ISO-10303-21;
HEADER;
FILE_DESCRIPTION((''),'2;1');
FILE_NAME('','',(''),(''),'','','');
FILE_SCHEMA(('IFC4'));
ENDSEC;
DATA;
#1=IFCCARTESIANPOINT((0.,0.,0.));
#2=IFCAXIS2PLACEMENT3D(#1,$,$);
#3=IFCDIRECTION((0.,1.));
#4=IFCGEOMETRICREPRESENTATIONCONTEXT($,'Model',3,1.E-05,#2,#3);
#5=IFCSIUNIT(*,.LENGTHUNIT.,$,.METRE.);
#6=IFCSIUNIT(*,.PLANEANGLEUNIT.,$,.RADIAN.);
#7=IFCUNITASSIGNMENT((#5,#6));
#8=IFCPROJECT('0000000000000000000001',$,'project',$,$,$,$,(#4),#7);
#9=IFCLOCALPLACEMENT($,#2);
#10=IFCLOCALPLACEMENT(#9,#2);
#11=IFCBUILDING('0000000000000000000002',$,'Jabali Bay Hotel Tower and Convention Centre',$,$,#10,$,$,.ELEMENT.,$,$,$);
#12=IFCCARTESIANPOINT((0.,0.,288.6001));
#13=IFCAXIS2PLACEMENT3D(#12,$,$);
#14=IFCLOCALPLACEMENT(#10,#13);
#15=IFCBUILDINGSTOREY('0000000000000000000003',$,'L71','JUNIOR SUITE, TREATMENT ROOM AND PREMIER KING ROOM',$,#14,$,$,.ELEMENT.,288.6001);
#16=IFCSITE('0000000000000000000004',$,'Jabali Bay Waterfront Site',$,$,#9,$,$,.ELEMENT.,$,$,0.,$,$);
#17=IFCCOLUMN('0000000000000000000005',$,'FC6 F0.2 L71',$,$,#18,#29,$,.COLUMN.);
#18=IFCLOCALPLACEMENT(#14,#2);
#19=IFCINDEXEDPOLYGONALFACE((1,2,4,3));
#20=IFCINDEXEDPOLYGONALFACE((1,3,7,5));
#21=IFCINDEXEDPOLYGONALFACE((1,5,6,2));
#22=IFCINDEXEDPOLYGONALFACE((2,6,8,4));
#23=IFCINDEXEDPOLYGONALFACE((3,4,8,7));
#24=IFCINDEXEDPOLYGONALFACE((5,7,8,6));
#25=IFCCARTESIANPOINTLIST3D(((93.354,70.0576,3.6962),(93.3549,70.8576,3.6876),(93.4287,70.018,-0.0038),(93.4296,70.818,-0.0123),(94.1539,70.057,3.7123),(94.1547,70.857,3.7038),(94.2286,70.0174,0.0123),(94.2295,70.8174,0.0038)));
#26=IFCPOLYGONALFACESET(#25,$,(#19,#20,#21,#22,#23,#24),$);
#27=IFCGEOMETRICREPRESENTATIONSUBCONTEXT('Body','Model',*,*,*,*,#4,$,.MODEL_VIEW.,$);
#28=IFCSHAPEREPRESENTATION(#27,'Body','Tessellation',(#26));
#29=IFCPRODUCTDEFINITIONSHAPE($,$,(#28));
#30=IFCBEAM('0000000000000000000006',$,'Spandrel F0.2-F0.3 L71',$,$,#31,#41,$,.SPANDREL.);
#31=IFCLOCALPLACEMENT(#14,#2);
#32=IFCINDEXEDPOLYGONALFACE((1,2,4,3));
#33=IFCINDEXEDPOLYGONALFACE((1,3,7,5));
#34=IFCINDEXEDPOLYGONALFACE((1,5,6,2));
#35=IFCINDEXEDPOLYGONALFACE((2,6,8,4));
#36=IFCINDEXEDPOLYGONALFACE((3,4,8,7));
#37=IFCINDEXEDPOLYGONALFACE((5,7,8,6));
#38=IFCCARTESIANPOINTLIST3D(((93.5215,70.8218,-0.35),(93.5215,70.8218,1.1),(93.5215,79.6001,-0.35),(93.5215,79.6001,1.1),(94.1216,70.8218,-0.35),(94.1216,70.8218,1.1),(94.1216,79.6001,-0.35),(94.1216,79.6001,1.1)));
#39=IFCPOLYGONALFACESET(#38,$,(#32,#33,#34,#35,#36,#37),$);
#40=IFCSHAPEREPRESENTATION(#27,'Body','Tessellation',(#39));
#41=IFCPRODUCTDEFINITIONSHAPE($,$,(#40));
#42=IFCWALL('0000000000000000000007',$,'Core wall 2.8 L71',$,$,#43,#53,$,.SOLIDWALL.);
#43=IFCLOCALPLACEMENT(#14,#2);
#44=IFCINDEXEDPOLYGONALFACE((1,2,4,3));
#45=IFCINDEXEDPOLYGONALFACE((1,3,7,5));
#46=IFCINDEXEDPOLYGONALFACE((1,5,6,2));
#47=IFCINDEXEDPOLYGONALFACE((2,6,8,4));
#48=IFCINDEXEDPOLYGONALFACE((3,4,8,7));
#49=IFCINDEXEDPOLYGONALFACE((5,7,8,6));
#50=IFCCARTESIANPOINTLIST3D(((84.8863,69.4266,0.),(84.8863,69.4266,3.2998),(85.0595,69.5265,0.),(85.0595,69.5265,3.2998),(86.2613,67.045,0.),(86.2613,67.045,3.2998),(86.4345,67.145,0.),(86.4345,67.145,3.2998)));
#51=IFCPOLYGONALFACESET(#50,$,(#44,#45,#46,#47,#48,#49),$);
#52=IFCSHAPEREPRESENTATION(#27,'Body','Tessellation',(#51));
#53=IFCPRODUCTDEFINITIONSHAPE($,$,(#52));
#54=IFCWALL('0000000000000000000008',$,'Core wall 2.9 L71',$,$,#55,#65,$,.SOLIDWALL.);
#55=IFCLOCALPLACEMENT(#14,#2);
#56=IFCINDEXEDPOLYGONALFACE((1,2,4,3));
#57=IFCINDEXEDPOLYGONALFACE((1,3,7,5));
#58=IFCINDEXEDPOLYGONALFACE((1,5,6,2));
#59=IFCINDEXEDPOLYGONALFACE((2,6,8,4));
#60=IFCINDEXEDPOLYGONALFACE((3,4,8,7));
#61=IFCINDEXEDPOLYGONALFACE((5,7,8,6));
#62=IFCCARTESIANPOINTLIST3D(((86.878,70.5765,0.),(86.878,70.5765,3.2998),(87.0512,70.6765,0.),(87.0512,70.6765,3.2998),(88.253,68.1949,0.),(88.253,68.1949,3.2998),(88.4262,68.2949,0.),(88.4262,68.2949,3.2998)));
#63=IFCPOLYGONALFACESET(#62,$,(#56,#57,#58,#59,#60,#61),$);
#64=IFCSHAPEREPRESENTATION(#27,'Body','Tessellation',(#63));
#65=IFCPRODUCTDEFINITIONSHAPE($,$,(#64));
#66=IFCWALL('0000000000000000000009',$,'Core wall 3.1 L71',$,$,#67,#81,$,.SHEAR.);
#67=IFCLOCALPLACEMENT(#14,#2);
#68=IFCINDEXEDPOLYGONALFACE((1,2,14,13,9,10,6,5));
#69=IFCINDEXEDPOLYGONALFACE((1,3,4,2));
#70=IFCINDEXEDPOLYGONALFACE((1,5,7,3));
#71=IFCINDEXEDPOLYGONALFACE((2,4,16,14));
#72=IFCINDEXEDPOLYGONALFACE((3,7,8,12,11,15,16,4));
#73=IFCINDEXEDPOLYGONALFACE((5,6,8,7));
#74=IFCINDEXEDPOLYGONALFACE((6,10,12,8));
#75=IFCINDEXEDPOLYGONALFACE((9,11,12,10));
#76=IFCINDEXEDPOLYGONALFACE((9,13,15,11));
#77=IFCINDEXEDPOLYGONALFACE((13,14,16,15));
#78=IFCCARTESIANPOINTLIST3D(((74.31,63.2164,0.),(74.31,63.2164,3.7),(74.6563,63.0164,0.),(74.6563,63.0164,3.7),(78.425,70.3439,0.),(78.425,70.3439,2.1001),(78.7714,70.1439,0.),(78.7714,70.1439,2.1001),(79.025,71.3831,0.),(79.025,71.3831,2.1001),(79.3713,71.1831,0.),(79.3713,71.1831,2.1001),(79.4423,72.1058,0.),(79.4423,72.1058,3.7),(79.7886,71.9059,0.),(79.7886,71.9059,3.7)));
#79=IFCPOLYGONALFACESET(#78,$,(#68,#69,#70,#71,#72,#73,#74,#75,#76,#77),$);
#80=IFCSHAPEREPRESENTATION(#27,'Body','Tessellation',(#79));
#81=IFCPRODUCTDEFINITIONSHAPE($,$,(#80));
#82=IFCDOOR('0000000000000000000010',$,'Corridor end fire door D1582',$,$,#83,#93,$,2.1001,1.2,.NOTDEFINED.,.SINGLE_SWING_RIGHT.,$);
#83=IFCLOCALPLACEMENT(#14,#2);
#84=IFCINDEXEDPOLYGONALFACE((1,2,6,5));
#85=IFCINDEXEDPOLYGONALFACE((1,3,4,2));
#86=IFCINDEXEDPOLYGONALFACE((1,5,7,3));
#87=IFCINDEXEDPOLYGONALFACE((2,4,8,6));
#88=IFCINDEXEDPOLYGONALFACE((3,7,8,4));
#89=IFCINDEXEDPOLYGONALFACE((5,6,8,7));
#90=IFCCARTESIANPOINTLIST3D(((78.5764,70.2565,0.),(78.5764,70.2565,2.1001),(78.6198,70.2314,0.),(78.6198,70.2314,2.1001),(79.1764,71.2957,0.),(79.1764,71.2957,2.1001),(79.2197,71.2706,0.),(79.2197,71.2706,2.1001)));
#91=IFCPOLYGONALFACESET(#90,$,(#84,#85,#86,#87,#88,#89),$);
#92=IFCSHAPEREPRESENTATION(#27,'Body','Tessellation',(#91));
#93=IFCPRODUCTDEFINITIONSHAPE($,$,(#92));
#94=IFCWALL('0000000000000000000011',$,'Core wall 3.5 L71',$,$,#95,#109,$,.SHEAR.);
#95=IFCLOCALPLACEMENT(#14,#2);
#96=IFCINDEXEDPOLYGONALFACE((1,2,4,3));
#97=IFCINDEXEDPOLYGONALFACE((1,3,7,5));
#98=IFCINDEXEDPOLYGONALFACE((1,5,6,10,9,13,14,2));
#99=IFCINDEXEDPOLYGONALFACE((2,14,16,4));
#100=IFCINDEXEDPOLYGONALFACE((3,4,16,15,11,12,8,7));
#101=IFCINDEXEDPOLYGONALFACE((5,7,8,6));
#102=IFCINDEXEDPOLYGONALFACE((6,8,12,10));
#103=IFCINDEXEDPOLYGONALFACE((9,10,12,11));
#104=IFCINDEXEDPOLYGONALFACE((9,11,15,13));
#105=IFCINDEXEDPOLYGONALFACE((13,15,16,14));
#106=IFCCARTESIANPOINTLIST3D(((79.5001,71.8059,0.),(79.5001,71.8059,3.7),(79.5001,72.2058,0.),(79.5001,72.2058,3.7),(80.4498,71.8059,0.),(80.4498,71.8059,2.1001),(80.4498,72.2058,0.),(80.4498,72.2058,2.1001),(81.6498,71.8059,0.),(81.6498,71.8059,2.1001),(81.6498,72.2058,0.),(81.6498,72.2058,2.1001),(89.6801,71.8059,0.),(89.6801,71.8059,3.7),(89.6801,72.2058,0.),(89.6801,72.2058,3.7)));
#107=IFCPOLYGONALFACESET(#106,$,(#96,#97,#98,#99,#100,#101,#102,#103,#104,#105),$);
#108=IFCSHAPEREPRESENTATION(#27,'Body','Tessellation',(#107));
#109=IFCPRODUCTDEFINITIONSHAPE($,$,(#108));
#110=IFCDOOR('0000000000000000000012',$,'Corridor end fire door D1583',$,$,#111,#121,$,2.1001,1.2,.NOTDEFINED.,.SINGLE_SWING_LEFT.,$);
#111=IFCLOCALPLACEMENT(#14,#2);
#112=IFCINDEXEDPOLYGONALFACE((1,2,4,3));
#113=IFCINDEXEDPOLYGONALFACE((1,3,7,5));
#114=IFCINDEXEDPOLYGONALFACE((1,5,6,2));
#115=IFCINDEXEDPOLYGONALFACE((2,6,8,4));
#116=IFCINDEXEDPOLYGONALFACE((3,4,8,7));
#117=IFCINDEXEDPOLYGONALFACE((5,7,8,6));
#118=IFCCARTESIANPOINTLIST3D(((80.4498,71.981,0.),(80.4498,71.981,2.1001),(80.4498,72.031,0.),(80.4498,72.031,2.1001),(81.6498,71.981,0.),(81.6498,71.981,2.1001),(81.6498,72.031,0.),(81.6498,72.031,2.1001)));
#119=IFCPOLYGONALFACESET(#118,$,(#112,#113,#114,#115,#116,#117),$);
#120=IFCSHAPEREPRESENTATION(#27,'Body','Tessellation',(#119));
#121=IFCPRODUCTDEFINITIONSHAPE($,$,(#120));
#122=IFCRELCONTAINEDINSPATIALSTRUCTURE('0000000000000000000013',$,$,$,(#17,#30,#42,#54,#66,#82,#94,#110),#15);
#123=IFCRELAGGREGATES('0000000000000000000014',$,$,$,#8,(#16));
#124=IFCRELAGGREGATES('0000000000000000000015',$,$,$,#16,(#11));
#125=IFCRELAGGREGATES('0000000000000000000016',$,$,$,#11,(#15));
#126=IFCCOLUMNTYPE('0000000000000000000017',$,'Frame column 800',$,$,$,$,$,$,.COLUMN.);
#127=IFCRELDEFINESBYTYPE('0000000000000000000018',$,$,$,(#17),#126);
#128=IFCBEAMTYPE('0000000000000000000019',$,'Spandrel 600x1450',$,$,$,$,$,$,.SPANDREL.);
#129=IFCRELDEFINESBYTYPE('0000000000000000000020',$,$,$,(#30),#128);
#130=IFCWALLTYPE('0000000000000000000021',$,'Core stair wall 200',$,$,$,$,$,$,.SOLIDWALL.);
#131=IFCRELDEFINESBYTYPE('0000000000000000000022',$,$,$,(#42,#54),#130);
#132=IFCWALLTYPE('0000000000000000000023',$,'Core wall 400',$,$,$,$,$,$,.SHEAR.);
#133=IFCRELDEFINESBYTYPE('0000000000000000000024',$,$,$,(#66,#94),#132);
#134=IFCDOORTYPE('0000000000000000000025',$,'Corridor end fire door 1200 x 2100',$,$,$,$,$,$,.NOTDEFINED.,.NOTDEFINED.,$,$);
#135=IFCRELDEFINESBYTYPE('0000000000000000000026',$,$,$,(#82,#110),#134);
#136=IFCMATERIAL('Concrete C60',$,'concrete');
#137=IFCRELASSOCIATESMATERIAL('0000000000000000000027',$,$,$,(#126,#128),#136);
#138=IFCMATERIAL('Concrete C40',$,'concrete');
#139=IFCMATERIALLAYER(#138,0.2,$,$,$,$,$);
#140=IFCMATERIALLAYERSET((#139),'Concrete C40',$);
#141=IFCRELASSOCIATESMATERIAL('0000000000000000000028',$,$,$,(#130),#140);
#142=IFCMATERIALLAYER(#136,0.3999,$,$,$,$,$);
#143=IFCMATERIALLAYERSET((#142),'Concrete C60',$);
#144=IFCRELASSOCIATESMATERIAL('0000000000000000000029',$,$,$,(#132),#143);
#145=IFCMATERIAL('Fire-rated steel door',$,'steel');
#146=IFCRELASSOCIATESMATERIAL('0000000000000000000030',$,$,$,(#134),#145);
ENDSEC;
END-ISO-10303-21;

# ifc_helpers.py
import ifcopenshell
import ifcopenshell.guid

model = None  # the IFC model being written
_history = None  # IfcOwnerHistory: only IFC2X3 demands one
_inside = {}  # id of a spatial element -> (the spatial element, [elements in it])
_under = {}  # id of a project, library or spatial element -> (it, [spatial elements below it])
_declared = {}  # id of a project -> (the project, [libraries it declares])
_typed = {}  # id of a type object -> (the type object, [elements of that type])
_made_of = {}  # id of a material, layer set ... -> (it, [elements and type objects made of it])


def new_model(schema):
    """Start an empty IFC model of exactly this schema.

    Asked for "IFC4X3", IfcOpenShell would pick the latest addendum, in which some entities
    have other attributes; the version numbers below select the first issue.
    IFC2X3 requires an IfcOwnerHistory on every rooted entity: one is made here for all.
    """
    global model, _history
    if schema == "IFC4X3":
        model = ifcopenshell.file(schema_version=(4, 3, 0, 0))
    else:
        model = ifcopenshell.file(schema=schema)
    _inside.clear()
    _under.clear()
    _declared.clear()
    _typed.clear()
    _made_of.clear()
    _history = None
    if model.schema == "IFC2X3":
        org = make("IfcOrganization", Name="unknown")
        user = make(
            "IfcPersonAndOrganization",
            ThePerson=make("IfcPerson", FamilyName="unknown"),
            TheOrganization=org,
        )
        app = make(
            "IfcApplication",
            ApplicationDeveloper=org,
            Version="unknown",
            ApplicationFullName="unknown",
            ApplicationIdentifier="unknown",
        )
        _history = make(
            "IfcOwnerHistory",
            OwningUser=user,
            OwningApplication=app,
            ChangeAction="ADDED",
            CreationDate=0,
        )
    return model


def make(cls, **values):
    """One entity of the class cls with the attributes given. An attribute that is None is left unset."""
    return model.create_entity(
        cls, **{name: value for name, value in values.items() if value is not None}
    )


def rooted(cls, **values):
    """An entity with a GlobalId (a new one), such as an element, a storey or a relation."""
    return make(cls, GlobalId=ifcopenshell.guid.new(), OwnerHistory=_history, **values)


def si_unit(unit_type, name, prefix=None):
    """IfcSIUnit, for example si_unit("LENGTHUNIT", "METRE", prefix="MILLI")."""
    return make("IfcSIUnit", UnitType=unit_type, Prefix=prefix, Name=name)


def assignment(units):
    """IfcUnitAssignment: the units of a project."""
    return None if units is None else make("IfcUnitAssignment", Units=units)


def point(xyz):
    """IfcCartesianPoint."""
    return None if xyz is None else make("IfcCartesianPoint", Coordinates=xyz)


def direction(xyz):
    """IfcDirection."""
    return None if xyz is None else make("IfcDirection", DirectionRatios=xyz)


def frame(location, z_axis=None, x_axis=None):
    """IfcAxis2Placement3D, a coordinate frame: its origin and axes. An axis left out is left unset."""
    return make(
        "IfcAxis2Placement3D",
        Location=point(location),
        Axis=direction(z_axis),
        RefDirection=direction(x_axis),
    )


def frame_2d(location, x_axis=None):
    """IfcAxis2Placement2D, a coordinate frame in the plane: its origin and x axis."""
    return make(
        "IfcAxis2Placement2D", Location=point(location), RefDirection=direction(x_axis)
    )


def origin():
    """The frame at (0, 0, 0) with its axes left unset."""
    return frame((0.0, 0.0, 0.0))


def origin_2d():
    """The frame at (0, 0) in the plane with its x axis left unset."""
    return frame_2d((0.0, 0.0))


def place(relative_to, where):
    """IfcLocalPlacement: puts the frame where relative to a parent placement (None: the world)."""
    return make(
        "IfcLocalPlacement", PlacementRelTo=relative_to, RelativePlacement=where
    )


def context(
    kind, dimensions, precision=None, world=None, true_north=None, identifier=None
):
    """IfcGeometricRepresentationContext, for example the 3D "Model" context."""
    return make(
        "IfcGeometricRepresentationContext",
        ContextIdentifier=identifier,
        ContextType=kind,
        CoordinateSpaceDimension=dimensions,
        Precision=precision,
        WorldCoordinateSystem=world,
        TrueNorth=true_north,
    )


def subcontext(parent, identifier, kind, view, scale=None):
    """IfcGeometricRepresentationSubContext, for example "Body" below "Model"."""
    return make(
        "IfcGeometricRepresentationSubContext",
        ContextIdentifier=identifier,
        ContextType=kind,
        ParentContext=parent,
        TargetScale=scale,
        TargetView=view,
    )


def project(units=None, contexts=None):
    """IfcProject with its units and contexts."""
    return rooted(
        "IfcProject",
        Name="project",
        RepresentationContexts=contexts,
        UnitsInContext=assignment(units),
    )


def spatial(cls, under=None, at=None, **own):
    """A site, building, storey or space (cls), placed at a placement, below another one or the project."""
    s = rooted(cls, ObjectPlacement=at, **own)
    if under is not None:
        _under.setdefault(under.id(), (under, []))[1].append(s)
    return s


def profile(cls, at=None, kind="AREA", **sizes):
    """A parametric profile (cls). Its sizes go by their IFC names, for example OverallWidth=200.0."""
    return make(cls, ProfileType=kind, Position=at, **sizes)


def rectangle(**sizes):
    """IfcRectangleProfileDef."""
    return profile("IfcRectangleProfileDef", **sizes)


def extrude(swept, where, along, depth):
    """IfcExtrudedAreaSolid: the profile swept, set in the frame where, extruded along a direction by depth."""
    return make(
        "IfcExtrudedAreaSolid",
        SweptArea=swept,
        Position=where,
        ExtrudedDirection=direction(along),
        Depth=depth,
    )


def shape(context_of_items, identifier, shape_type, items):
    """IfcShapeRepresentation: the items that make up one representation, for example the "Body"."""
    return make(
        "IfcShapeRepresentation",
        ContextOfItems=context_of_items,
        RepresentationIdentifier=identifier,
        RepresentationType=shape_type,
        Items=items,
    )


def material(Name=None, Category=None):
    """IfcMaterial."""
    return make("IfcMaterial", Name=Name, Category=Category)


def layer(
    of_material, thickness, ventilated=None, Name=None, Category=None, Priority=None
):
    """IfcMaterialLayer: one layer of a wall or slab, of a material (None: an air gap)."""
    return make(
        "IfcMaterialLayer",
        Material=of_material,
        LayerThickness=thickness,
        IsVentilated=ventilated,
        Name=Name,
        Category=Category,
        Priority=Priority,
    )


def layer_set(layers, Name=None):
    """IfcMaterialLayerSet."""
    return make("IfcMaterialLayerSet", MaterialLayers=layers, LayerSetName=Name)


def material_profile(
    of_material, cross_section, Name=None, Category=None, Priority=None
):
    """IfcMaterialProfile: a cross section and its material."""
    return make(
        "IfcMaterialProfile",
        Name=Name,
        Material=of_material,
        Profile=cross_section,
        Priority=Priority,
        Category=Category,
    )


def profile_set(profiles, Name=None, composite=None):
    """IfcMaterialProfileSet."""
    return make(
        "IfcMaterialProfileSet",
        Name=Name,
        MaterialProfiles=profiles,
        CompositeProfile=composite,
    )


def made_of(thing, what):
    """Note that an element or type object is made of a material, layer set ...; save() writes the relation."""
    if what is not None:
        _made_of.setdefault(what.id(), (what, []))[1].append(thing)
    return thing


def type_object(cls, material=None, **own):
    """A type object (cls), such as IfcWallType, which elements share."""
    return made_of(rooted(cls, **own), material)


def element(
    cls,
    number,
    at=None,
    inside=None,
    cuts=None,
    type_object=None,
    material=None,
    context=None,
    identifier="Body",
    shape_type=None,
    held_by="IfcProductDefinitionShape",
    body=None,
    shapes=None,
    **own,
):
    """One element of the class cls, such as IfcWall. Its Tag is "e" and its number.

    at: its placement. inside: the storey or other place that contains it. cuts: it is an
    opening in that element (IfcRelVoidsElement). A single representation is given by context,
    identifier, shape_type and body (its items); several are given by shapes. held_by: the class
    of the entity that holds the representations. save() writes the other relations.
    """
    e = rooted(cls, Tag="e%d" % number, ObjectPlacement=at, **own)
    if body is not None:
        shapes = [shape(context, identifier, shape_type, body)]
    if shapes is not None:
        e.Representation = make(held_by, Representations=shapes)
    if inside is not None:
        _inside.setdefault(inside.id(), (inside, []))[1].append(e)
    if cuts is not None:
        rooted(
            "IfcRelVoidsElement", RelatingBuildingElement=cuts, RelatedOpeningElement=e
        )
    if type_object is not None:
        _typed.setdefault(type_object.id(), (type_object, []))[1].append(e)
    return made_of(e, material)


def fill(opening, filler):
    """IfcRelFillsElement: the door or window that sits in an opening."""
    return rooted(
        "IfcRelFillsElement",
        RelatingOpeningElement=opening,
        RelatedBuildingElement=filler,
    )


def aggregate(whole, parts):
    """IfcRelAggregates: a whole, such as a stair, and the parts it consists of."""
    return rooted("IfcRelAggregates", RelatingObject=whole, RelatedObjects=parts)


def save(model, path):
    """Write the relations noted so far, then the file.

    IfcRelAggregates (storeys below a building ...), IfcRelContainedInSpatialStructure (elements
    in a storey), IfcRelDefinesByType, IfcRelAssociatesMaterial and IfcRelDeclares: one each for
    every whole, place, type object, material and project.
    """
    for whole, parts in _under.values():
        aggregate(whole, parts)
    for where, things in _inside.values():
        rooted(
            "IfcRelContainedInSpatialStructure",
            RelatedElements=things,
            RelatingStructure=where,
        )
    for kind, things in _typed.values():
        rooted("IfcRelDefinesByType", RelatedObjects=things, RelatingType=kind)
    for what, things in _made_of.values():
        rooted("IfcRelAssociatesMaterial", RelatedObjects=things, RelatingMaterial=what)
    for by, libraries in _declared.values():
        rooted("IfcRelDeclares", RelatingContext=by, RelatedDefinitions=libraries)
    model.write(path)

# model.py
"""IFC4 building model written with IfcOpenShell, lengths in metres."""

from ifc_helpers import new_model, si_unit, direction, frame, frame_2d, origin, origin_2d, place, context, subcontext, project, spatial, rectangle, extrude, material, layer, layer_set, material_profile, profile_set, type_object, element, fill, save


model = new_model("IFC4")

# Units and contexts
model_context = context("Model", 3, precision=1e-05, world=origin(), true_north=direction((0.0, 1.0)))
body_context = subcontext(model_context, "Body", "Model", "MODEL_VIEW")
ifc_project = project(units=[si_unit("LENGTHUNIT", "METRE"), si_unit("PLANEANGLEUNIT", "RADIAN")], contexts=[model_context])

# Site, building, storey
site_placement = place(None, origin())
site = spatial("IfcSite", under=ifc_project, at=site_placement, Name="Jabali Bay Waterfront Site", CompositionType="ELEMENT", RefElevation=0.0)
building_placement = place(site_placement, origin())
building = spatial("IfcBuilding", under=site, at=building_placement, Name="Jabali Bay Hotel Tower and Convention Centre", CompositionType="ELEMENT")
storey_placement = place(building_placement, frame((0.0, 0.0, 288.6001)))
storey = spatial("IfcBuildingStorey", under=building, at=storey_placement, Name="L71", Description="JUNIOR SUITE, TREATMENT ROOM AND PREMIER KING ROOM", CompositionType="ELEMENT", Elevation=288.6001)

# Column
ifc_material_1 = material(Name="Concrete C60", Category="concrete")
ifc_material_profile_1 = material_profile(ifc_material_1, rectangle(XDim=0.8, YDim=0.8, at=origin_2d()), Name="Frame column 800")
ifc_profile_set_1 = profile_set([ifc_material_profile_1], Name="Concrete C60")
column_type = type_object("IfcColumnType", Name="Frame column 800", PredefinedType="COLUMN", material=ifc_profile_set_1)
column_placement = place(storey_placement, frame((93.8291, 70.4177, 0.0), z_axis=(-0.020186, 0.010687, 0.999739), x_axis=(-0.001023, -0.999943, 0.010668)))
element("IfcColumn", 1, at=column_placement, inside=storey, type_object=column_type, Name="FC6 F0.2 L71", PredefinedType="COLUMN", context=body_context, shape_type="SweptSolid", body=[
    extrude(rectangle(XDim=0.8, YDim=0.8, at=origin_2d()), origin(), (0.0, 0.0, 1.0), 3.7009),
])

# Beam
ifc_material_profile_2 = material_profile(ifc_material_1, rectangle(XDim=0.6001, YDim=1.45, at=origin_2d()), Name="Spandrel 600x1450")
ifc_profile_set_2 = profile_set([ifc_material_profile_2], Name="Concrete C60")
beam_type = type_object("IfcBeamType", Name="Spandrel 600x1450", PredefinedType="SPANDREL", material=ifc_profile_set_2)
beam_placement = place(storey_placement, frame((93.8215, 70.8218, 0.375), z_axis=(0.0, 1.0, 0.0), x_axis=(-1.0, 0.0, 0.0)))
element("IfcBeam", 2, at=beam_placement, inside=storey, type_object=beam_type, Name="Spandrel F0.2-F0.3 L71", PredefinedType="SPANDREL", context=body_context, shape_type="SweptSolid", body=[
    extrude(rectangle(XDim=0.6001, YDim=1.45, at=origin_2d()), origin(), (0.0, 0.0, 1.0), 8.7783),
])

# Walls
ifc_material_2 = material(Name="Concrete C40", Category="concrete")
ifc_layer_1 = layer(ifc_material_2, 0.2)
ifc_layer_set_1 = layer_set([ifc_layer_1], Name="Concrete C40")
wall_type_1 = type_object("IfcWallType", Name="Core stair wall 200", PredefinedType="SOLIDWALL", material=ifc_layer_set_1)
for number, where, z_axis, x_axis, name in (
    (3, (84.9729, 69.4766, 0.0), (0.0, 0.0, 1.0), (0.499997, -0.866027, 0.0), "Core wall 2.8 L71"),
    (4, (86.9646, 70.6265, 0.0), (0.0, 0.0, 1.0), (0.499997, -0.866027, 0.0), "Core wall 2.9 L71"),
):
    element("IfcWall", number, at=place(storey_placement, frame(where, z_axis=z_axis, x_axis=x_axis)), inside=storey, type_object=wall_type_1, Name=name, PredefinedType="SOLIDWALL", context=body_context, shape_type="SweptSolid", body=[
        extrude(rectangle(XDim=2.75, YDim=0.2, at=frame_2d((1.375, 0.0))), origin(), (0.0, 0.0, 1.0), 3.2998),
    ])

# Walls, openings, doors
ifc_layer_2 = layer(ifc_material_1, 0.3999)
ifc_layer_set_2 = layer_set([ifc_layer_2], Name="Concrete C60")
wall_type_2 = type_object("IfcWallType", Name="Core wall 400", PredefinedType="SHEAR", material=ifc_layer_set_2)
wall_1_placement = place(storey_placement, frame((79.6155, 72.0059, 0.0), z_axis=(0.0, 0.0, 1.0), x_axis=(-0.500002, -0.866024, 0.0)))
wall_1 = element("IfcWall", 5, at=wall_1_placement, inside=storey, type_object=wall_type_2, Name="Core wall 3.1 L71", PredefinedType="SHEAR", context=body_context, shape_type="SweptSolid", body=[
    extrude(rectangle(XDim=10.2646, YDim=0.3999, at=frame_2d((5.1323, 0.0))), origin(), (0.0, 0.0, 1.0), 3.7),
])
opening_1_placement = place(wall_1_placement, frame((0.8345, 0.0, 0.0)))
opening_1 = element("IfcOpeningElement", 6, at=opening_1_placement, cuts=wall_1, PredefinedType="OPENING", context=body_context, shape_type="SweptSolid", body=[
    extrude(rectangle(XDim=1.2, YDim=2.1001, at=frame_2d((0.6001, 1.05))), frame((0.0, 0.2104, 0.0), z_axis=(0.0, -1.0, 0.0), x_axis=(1.0, 0.0, 0.0)), (0.0, 0.0, 1.0), 0.4209),
])
ifc_material_3 = material(Name="Fire-rated steel door", Category="steel")
door_type_1 = type_object("IfcDoorType", Name="Corridor end fire door 1200 x 2100", OperationType="NOTDEFINED", PredefinedType="NOTDEFINED", material=ifc_material_3)
door_1_placement = place(opening_1_placement, origin())
door_1 = element("IfcDoor", 7, at=door_1_placement, inside=storey, type_object=door_type_1, Name="Corridor end fire door D1582", OperationType="SINGLE_SWING_RIGHT", OverallHeight=2.1001, OverallWidth=1.2, PredefinedType="NOTDEFINED", context=body_context, shape_type="SweptSolid", body=[
    extrude(rectangle(XDim=1.2, YDim=2.1001, at=frame_2d((0.6001, 1.05))), frame((0.0, 0.0249, 0.0), z_axis=(0.0, -1.0, 0.0), x_axis=(1.0, 0.0, 0.0)), (0.0, 0.0, 1.0), 0.05),
])
fill(opening_1, door_1)
wall_2_placement = place(storey_placement, frame((89.6799, 72.0059, 0.0), z_axis=(0.0, 0.0, 1.0), x_axis=(-1.0, 0.0, 0.0)))
wall_2 = element("IfcWall", 8, at=wall_2_placement, inside=storey, type_object=wall_type_2, Name="Core wall 3.5 L71", PredefinedType="SHEAR", context=body_context, shape_type="SweptSolid", body=[
    extrude(rectangle(XDim=10.1799, YDim=0.3999, at=frame_2d((5.0898, 0.0))), origin(), (0.0, 0.0, 1.0), 3.7),
])
opening_2_placement = place(wall_2_placement, frame((8.03, 0.0, 0.0)))
opening_2 = element("IfcOpeningElement", 9, at=opening_2_placement, cuts=wall_2, PredefinedType="OPENING", context=body_context, shape_type="SweptSolid", body=[
    extrude(rectangle(XDim=1.2, YDim=2.1001, at=frame_2d((0.6001, 1.05))), frame((0.0, 0.2104, 0.0), z_axis=(0.0, -1.0, 0.0), x_axis=(1.0, 0.0, 0.0)), (0.0, 0.0, 1.0), 0.4209),
])
door_2_placement = place(opening_2_placement, origin())
door_2 = element("IfcDoor", 10, at=door_2_placement, inside=storey, type_object=door_type_1, Name="Corridor end fire door D1583", OperationType="SINGLE_SWING_LEFT", OverallHeight=2.1001, OverallWidth=1.2, PredefinedType="NOTDEFINED", context=body_context, shape_type="SweptSolid", body=[
    extrude(rectangle(XDim=1.2, YDim=2.1001, at=frame_2d((0.6001, 1.05))), frame((0.0, 0.0249, 0.0), z_axis=(0.0, -1.0, 0.0), x_axis=(1.0, 0.0, 0.0)), (0.0, 0.0, 1.0), 0.05),
])
fill(opening_2, door_2)

save(model, "model.ifc")
